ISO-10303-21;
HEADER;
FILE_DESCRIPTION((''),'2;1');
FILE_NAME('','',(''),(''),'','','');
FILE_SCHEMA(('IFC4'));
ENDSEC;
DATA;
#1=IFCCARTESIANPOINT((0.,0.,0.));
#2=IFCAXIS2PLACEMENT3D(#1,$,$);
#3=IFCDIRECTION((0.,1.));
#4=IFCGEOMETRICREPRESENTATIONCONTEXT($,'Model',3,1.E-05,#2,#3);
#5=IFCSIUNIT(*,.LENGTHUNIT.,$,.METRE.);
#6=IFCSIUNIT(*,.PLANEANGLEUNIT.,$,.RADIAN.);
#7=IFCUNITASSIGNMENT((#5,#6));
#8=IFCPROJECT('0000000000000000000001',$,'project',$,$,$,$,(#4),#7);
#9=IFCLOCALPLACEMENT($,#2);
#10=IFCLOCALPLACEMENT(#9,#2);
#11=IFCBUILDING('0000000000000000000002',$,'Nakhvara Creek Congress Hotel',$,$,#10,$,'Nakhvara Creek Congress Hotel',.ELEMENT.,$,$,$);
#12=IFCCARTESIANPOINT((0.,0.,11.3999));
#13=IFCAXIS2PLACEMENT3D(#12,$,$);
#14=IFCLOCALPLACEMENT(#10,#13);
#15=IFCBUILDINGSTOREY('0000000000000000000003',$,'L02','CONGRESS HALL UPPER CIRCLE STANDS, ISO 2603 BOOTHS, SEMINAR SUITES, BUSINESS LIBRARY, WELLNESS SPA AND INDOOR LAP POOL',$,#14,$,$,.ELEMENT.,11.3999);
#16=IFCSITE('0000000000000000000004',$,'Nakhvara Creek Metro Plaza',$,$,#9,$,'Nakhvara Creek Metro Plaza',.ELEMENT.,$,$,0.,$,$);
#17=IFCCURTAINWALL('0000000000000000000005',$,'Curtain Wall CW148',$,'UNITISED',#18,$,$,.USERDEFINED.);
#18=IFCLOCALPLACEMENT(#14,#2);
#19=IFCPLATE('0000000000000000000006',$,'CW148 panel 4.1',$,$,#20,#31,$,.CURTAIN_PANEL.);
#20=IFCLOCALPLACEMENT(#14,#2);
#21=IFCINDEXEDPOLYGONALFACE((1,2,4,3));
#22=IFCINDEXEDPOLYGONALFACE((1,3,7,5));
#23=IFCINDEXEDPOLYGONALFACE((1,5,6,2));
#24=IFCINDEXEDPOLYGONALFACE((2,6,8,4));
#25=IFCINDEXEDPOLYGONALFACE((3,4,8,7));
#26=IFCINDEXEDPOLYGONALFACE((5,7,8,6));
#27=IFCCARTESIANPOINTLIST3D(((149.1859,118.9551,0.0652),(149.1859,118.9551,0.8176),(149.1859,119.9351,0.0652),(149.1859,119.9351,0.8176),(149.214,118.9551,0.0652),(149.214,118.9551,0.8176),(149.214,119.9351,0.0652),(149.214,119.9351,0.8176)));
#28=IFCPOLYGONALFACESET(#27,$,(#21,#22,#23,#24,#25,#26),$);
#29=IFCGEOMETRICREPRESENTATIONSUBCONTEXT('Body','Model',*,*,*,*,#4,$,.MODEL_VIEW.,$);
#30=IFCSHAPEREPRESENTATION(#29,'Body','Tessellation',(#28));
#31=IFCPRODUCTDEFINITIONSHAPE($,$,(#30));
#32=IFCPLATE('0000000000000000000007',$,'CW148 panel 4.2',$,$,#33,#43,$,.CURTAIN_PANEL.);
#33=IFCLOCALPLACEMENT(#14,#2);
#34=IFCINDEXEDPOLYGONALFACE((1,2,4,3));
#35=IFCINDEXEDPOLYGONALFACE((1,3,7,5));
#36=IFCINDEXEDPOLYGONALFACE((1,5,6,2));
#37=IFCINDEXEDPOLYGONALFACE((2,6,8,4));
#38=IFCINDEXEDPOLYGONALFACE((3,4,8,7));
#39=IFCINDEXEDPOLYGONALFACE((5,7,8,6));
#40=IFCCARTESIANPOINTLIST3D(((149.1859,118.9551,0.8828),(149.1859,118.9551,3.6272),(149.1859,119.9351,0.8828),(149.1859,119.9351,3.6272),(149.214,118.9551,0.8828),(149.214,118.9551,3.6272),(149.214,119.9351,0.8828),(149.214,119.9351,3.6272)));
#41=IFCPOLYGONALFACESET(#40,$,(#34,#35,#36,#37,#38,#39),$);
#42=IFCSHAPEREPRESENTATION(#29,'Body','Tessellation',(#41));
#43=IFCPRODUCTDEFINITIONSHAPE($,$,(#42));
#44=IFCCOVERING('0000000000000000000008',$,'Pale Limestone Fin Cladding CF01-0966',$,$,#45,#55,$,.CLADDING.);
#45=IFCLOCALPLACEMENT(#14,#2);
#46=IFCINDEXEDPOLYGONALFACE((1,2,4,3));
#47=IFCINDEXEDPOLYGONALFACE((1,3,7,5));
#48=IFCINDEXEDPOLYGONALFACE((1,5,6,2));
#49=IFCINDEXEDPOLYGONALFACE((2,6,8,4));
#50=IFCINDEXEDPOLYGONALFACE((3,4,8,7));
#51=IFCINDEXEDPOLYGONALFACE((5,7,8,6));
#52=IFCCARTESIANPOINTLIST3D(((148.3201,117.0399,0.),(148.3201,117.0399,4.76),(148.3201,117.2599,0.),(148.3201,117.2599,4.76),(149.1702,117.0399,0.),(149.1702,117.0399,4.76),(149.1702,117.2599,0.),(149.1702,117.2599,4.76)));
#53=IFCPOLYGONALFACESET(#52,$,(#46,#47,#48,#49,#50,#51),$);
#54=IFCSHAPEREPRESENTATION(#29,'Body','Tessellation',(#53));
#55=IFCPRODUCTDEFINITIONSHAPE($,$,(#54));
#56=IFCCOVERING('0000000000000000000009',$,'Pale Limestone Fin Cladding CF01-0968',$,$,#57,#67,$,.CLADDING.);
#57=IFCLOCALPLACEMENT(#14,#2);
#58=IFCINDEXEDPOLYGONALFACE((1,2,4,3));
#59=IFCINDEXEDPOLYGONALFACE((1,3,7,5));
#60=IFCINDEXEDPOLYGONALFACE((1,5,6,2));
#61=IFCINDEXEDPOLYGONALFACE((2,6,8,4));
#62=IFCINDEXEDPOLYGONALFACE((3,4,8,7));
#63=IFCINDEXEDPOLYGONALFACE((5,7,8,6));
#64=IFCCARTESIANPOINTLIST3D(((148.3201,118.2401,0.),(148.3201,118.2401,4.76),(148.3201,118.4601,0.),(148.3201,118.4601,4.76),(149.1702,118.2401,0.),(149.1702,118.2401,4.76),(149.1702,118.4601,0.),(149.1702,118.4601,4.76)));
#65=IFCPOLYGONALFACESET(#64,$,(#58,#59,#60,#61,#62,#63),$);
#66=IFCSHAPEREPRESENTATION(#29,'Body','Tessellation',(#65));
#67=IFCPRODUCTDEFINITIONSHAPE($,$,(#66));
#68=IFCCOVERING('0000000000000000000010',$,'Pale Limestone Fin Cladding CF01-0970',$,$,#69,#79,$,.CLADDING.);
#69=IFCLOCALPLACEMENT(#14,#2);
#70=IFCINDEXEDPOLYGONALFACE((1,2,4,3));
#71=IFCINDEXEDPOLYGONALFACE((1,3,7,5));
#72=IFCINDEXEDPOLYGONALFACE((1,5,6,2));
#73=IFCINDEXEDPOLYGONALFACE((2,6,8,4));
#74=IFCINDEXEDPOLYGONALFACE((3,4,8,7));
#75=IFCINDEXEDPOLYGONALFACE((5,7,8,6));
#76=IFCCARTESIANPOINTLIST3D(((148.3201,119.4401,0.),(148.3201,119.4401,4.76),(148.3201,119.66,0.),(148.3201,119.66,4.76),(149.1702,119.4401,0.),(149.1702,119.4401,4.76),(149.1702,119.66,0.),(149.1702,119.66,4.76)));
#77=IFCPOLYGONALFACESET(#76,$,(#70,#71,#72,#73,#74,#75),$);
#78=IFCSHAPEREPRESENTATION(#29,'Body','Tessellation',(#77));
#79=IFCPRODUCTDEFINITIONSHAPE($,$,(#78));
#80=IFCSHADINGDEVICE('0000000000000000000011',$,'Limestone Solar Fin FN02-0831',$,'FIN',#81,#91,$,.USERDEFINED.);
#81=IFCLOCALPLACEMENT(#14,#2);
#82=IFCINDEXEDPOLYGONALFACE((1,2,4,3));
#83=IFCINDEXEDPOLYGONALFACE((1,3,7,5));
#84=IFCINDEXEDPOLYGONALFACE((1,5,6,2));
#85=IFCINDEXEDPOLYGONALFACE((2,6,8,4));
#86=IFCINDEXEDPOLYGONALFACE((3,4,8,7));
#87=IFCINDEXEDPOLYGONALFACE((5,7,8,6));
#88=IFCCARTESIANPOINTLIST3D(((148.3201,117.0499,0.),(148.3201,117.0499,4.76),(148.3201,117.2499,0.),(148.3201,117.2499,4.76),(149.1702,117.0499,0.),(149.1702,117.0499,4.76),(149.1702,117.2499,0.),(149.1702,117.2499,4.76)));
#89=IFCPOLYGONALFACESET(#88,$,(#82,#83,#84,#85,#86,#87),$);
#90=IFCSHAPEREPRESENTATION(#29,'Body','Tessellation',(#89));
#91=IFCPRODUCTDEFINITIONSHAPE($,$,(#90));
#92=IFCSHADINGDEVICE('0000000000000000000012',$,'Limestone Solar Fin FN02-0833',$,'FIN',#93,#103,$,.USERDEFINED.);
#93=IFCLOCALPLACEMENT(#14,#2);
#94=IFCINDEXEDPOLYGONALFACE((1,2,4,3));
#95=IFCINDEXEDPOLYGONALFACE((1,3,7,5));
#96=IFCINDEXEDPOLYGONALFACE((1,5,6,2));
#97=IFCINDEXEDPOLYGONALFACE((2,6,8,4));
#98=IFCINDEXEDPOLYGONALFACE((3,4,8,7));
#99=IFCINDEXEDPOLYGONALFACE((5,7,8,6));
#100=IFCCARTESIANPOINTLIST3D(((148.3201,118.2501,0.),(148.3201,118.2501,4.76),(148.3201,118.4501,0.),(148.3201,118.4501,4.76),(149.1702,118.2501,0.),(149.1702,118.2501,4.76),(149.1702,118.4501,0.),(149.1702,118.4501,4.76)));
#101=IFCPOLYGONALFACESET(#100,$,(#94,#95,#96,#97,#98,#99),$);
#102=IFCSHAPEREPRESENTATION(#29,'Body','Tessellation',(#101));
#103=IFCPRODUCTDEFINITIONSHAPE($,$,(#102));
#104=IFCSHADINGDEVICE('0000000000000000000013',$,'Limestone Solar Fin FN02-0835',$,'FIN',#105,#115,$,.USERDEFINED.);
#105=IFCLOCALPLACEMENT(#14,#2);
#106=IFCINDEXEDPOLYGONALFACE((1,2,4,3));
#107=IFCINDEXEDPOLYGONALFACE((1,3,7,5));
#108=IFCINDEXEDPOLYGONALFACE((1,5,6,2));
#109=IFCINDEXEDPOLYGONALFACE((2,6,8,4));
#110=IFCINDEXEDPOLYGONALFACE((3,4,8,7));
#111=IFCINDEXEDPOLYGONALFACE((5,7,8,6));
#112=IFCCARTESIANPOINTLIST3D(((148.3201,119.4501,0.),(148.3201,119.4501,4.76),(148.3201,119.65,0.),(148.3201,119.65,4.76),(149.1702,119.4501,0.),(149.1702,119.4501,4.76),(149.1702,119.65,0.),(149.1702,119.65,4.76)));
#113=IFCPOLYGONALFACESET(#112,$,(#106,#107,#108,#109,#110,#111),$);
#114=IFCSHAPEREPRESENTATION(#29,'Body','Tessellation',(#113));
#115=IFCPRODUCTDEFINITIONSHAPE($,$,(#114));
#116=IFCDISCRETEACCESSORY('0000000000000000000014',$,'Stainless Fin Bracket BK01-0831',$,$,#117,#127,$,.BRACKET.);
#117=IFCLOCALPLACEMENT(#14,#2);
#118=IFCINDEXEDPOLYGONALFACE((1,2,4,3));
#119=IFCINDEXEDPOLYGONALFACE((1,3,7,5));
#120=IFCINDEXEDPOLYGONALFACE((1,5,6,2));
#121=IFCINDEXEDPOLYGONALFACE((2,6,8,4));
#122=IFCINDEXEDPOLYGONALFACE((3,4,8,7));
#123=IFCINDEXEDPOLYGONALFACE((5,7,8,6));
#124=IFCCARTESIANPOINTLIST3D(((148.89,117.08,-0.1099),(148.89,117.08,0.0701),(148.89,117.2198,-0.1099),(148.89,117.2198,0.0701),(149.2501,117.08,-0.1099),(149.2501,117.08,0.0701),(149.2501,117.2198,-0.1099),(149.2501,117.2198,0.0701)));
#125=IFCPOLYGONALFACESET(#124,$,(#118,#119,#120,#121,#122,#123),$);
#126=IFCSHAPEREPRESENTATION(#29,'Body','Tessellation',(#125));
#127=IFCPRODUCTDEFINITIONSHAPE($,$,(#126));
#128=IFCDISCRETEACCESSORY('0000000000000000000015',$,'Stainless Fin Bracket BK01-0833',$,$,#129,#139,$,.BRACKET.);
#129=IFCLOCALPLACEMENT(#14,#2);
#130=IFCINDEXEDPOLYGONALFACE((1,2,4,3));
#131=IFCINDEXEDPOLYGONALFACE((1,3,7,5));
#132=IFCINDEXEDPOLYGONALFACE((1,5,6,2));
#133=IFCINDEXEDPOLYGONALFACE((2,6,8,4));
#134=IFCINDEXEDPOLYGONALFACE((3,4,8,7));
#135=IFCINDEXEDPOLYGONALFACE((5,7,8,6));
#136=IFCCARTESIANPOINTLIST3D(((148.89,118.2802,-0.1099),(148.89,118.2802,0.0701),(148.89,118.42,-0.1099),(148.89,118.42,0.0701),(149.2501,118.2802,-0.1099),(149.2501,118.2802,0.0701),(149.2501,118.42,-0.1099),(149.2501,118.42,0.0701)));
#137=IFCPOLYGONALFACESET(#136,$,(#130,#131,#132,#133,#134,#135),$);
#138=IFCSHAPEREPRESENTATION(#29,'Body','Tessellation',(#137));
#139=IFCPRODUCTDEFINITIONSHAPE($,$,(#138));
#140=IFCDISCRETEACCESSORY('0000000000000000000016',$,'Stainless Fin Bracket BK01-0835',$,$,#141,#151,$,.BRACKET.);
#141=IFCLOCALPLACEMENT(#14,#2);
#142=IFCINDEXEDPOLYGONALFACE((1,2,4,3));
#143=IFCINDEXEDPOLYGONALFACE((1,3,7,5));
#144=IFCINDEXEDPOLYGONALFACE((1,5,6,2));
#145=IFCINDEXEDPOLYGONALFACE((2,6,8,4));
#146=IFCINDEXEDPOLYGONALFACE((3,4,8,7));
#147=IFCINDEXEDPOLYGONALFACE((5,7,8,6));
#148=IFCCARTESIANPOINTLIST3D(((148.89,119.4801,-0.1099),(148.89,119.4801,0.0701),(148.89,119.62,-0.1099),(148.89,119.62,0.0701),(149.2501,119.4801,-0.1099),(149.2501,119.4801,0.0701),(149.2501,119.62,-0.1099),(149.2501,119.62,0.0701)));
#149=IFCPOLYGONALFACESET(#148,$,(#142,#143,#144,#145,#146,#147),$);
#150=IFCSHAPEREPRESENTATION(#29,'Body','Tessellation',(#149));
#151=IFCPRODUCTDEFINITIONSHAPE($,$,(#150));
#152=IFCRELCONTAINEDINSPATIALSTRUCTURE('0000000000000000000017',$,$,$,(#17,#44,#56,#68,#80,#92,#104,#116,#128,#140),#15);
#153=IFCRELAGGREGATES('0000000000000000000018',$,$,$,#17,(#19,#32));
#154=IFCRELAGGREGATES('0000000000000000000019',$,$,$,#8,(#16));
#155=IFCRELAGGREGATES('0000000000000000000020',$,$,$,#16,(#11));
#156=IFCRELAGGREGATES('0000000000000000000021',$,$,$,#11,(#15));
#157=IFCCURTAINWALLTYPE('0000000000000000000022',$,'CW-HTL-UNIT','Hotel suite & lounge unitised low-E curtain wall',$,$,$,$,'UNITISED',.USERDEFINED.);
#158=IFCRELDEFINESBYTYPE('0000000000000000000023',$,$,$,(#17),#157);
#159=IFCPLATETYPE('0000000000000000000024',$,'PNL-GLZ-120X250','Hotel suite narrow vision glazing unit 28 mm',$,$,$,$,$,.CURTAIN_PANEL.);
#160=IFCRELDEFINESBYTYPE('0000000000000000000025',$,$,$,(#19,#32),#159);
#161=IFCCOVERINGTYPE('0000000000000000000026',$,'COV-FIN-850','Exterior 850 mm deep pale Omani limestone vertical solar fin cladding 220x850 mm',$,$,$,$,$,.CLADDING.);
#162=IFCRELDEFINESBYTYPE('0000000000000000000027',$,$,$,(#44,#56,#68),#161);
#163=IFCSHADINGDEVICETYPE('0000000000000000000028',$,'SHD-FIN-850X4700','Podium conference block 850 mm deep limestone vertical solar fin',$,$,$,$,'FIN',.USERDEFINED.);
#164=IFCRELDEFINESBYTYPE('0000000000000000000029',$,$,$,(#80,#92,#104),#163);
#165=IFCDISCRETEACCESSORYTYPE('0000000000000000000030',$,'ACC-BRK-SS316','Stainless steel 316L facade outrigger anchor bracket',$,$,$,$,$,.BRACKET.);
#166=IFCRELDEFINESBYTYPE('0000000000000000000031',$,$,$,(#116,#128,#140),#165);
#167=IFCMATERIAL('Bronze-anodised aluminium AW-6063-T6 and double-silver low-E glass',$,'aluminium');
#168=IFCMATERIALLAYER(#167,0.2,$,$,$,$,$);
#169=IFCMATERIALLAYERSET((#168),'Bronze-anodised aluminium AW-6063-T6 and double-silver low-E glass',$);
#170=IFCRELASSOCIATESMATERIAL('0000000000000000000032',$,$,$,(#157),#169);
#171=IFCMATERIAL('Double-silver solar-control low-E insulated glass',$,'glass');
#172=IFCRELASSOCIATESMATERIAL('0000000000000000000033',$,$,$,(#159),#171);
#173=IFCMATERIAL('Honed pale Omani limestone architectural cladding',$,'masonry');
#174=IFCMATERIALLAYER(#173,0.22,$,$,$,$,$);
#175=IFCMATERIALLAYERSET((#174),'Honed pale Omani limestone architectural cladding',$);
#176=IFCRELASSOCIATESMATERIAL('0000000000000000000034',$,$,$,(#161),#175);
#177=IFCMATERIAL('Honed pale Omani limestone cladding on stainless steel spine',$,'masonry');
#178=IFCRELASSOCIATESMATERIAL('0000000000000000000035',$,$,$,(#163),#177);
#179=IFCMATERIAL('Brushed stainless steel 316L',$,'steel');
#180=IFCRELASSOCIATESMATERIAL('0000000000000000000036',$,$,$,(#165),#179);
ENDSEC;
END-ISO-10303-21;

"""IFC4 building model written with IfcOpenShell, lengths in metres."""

from ifc_helpers import new_model, si_unit, direction, frame, origin, origin_2d, place, context, subcontext, project, spatial, rectangle, extrude, material, layer, layer_set, type_object, element, aggregate, save


model = new_model("IFC4")

# Units and contexts
model_context = context("Model", 3, precision=1e-05, world=origin(), true_north=direction((0.0, 1.0)))
body_context = subcontext(model_context, "Body", "Model", "MODEL_VIEW")
ifc_project = project(units=[si_unit("LENGTHUNIT", "METRE"), si_unit("PLANEANGLEUNIT", "RADIAN")], contexts=[model_context])

# Site, building, storey
site_placement = place(None, origin())
site = spatial("IfcSite", under=ifc_project, at=site_placement, Name="Nakhvara Creek Metro Plaza", LongName="Nakhvara Creek Metro Plaza", CompositionType="ELEMENT", RefElevation=0.0)
building_placement = place(site_placement, origin())
building = spatial("IfcBuilding", under=site, at=building_placement, Name="Nakhvara Creek Congress Hotel", LongName="Nakhvara Creek Congress Hotel", CompositionType="ELEMENT")
storey_placement = place(building_placement, frame((0.0, 0.0, 11.3999)))
storey = spatial("IfcBuildingStorey", under=building, at=storey_placement, Name="L02", Description="CONGRESS HALL UPPER CIRCLE STANDS, ISO 2603 BOOTHS, SEMINAR SUITES, BUSINESS LIBRARY, WELLNESS SPA AND INDOOR LAP POOL", CompositionType="ELEMENT", Elevation=11.3999)

# Curtain wall, plates
ifc_material_1 = material(Name="Bronze-anodised aluminium AW-6063-T6 and double-silver low-E glass", Category="aluminium")
ifc_layer_1 = layer(ifc_material_1, 0.2)
ifc_layer_set_1 = layer_set([ifc_layer_1], Name="Bronze-anodised aluminium AW-6063-T6 and double-silver low-E glass")
curtain_wall_type = type_object("IfcCurtainWallType", Name="CW-HTL-UNIT", Description="Hotel suite & lounge unitised low-E curtain wall", ElementType="UNITISED", PredefinedType="USERDEFINED", material=ifc_layer_set_1)
curtain_wall_placement = place(storey_placement, origin())
curtain_wall = element("IfcCurtainWall", 1, at=curtain_wall_placement, inside=storey, type_object=curtain_wall_type, Name="Curtain Wall CW148", ObjectType="UNITISED", PredefinedType="USERDEFINED")
ifc_material_2 = material(Name="Double-silver solar-control low-E insulated glass", Category="glass")
plate_type = type_object("IfcPlateType", Name="PNL-GLZ-120X250", Description="Hotel suite narrow vision glazing unit 28 mm", PredefinedType="CURTAIN_PANEL", material=ifc_material_2)
plate_1_placement = place(storey_placement, frame((149.2, 119.4451, 0.0652), z_axis=(0.0, 0.0, 1.0), x_axis=(0.0, 1.0, 0.0)))
plate_1 = element("IfcPlate", 2, at=plate_1_placement, type_object=plate_type, Name="CW148 panel 4.1", PredefinedType="CURTAIN_PANEL", context=body_context, shape_type="SweptSolid", body=[
    extrude(rectangle(XDim=0.98, YDim=0.0281, at=origin_2d()), origin(), (0.0, 0.0, 1.0), 0.7524),
])
plate_2_placement = place(storey_placement, frame((149.2, 119.4451, 0.8828), z_axis=(0.0, 0.0, 1.0), x_axis=(0.0, 1.0, 0.0)))
plate_2 = element("IfcPlate", 3, at=plate_2_placement, type_object=plate_type, Name="CW148 panel 4.2", PredefinedType="CURTAIN_PANEL", context=body_context, shape_type="SweptSolid", body=[
    extrude(rectangle(XDim=0.98, YDim=0.0281, at=origin_2d()), origin(), (0.0, 0.0, 1.0), 2.7444),
])
aggregate(curtain_wall, [plate_1, plate_2])

# Coverings
ifc_material_3 = material(Name="Honed pale Omani limestone architectural cladding", Category="masonry")
ifc_layer_2 = layer(ifc_material_3, 0.22)
ifc_layer_set_2 = layer_set([ifc_layer_2], Name="Honed pale Omani limestone architectural cladding")
covering_type = type_object("IfcCoveringType", Name="COV-FIN-850", Description="Exterior 850 mm deep pale Omani limestone vertical solar fin cladding 220x850 mm", PredefinedType="CLADDING", material=ifc_layer_set_2)
for number, where, z_axis, x_axis, name in (
    (4, (148.7451, 117.1499, 0.0), (0.0, 0.0, 1.0), (0.0, 1.0, 0.0), "Pale Limestone Fin Cladding CF01-0966"),
    (5, (148.7451, 118.3501, 0.0), (0.0, 0.0, 1.0), (0.0, 1.0, 0.0), "Pale Limestone Fin Cladding CF01-0968"),
    (6, (148.7451, 119.55, 0.0), (0.0, 0.0, 1.0), (0.0, 1.0, 0.0), "Pale Limestone Fin Cladding CF01-0970"),
):
    element("IfcCovering", number, at=place(storey_placement, frame(where, z_axis=z_axis, x_axis=x_axis)), inside=storey, type_object=covering_type, Name=name, PredefinedType="CLADDING", context=body_context, shape_type="SweptSolid", body=[
        extrude(rectangle(XDim=0.22, YDim=0.8501, at=origin_2d()), origin(), (0.0, 0.0, 1.0), 4.76),
    ])

# Shading devices
ifc_material_4 = material(Name="Honed pale Omani limestone cladding on stainless steel spine", Category="masonry")
shading_device_type = type_object("IfcShadingDeviceType", Name="SHD-FIN-850X4700", Description="Podium conference block 850 mm deep limestone vertical solar fin", ElementType="FIN", PredefinedType="USERDEFINED", material=ifc_material_4)
for number, where, z_axis, x_axis, name in (
    (7, (148.7451, 117.1499, 0.0), (0.0, 0.0, 1.0), (0.0, 1.0, 0.0), "Limestone Solar Fin FN02-0831"),
    (8, (148.7451, 118.3501, 0.0), (0.0, 0.0, 1.0), (0.0, 1.0, 0.0), "Limestone Solar Fin FN02-0833"),
    (9, (148.7451, 119.55, 0.0), (0.0, 0.0, 1.0), (0.0, 1.0, 0.0), "Limestone Solar Fin FN02-0835"),
):
    element("IfcShadingDevice", number, at=place(storey_placement, frame(where, z_axis=z_axis, x_axis=x_axis)), inside=storey, type_object=shading_device_type, Name=name, ObjectType="FIN", PredefinedType="USERDEFINED", context=body_context, shape_type="SweptSolid", body=[
        extrude(rectangle(XDim=0.2, YDim=0.8501, at=origin_2d()), origin(), (0.0, 0.0, 1.0), 4.76),
    ])

# Discrete accessories
ifc_material_5 = material(Name="Brushed stainless steel 316L", Category="steel")
discrete_accessory_type = type_object("IfcDiscreteAccessoryType", Name="ACC-BRK-SS316", Description="Stainless steel 316L facade outrigger anchor bracket", PredefinedType="BRACKET", material=ifc_material_5)
for number, where, z_axis, x_axis, name in (
    (10, (149.0701, 117.1499, -0.1099), (0.0, 0.0, 1.0), (0.0, 1.0, 0.0), "Stainless Fin Bracket BK01-0831"),
    (11, (149.0701, 118.3501, -0.1099), (0.0, 0.0, 1.0), (0.0, 1.0, 0.0), "Stainless Fin Bracket BK01-0833"),
    (12, (149.0701, 119.55, -0.1099), (0.0, 0.0, 1.0), (0.0, 1.0, 0.0), "Stainless Fin Bracket BK01-0835"),
):
    element("IfcDiscreteAccessory", number, at=place(storey_placement, frame(where, z_axis=z_axis, x_axis=x_axis)), inside=storey, type_object=discrete_accessory_type, Name=name, PredefinedType="BRACKET", context=body_context, shape_type="SweptSolid", body=[
        extrude(rectangle(XDim=0.1399, YDim=0.3601, at=origin_2d()), origin(), (0.0, 0.0, 1.0), 0.1799),
    ])

save(model, "model.ifc")
